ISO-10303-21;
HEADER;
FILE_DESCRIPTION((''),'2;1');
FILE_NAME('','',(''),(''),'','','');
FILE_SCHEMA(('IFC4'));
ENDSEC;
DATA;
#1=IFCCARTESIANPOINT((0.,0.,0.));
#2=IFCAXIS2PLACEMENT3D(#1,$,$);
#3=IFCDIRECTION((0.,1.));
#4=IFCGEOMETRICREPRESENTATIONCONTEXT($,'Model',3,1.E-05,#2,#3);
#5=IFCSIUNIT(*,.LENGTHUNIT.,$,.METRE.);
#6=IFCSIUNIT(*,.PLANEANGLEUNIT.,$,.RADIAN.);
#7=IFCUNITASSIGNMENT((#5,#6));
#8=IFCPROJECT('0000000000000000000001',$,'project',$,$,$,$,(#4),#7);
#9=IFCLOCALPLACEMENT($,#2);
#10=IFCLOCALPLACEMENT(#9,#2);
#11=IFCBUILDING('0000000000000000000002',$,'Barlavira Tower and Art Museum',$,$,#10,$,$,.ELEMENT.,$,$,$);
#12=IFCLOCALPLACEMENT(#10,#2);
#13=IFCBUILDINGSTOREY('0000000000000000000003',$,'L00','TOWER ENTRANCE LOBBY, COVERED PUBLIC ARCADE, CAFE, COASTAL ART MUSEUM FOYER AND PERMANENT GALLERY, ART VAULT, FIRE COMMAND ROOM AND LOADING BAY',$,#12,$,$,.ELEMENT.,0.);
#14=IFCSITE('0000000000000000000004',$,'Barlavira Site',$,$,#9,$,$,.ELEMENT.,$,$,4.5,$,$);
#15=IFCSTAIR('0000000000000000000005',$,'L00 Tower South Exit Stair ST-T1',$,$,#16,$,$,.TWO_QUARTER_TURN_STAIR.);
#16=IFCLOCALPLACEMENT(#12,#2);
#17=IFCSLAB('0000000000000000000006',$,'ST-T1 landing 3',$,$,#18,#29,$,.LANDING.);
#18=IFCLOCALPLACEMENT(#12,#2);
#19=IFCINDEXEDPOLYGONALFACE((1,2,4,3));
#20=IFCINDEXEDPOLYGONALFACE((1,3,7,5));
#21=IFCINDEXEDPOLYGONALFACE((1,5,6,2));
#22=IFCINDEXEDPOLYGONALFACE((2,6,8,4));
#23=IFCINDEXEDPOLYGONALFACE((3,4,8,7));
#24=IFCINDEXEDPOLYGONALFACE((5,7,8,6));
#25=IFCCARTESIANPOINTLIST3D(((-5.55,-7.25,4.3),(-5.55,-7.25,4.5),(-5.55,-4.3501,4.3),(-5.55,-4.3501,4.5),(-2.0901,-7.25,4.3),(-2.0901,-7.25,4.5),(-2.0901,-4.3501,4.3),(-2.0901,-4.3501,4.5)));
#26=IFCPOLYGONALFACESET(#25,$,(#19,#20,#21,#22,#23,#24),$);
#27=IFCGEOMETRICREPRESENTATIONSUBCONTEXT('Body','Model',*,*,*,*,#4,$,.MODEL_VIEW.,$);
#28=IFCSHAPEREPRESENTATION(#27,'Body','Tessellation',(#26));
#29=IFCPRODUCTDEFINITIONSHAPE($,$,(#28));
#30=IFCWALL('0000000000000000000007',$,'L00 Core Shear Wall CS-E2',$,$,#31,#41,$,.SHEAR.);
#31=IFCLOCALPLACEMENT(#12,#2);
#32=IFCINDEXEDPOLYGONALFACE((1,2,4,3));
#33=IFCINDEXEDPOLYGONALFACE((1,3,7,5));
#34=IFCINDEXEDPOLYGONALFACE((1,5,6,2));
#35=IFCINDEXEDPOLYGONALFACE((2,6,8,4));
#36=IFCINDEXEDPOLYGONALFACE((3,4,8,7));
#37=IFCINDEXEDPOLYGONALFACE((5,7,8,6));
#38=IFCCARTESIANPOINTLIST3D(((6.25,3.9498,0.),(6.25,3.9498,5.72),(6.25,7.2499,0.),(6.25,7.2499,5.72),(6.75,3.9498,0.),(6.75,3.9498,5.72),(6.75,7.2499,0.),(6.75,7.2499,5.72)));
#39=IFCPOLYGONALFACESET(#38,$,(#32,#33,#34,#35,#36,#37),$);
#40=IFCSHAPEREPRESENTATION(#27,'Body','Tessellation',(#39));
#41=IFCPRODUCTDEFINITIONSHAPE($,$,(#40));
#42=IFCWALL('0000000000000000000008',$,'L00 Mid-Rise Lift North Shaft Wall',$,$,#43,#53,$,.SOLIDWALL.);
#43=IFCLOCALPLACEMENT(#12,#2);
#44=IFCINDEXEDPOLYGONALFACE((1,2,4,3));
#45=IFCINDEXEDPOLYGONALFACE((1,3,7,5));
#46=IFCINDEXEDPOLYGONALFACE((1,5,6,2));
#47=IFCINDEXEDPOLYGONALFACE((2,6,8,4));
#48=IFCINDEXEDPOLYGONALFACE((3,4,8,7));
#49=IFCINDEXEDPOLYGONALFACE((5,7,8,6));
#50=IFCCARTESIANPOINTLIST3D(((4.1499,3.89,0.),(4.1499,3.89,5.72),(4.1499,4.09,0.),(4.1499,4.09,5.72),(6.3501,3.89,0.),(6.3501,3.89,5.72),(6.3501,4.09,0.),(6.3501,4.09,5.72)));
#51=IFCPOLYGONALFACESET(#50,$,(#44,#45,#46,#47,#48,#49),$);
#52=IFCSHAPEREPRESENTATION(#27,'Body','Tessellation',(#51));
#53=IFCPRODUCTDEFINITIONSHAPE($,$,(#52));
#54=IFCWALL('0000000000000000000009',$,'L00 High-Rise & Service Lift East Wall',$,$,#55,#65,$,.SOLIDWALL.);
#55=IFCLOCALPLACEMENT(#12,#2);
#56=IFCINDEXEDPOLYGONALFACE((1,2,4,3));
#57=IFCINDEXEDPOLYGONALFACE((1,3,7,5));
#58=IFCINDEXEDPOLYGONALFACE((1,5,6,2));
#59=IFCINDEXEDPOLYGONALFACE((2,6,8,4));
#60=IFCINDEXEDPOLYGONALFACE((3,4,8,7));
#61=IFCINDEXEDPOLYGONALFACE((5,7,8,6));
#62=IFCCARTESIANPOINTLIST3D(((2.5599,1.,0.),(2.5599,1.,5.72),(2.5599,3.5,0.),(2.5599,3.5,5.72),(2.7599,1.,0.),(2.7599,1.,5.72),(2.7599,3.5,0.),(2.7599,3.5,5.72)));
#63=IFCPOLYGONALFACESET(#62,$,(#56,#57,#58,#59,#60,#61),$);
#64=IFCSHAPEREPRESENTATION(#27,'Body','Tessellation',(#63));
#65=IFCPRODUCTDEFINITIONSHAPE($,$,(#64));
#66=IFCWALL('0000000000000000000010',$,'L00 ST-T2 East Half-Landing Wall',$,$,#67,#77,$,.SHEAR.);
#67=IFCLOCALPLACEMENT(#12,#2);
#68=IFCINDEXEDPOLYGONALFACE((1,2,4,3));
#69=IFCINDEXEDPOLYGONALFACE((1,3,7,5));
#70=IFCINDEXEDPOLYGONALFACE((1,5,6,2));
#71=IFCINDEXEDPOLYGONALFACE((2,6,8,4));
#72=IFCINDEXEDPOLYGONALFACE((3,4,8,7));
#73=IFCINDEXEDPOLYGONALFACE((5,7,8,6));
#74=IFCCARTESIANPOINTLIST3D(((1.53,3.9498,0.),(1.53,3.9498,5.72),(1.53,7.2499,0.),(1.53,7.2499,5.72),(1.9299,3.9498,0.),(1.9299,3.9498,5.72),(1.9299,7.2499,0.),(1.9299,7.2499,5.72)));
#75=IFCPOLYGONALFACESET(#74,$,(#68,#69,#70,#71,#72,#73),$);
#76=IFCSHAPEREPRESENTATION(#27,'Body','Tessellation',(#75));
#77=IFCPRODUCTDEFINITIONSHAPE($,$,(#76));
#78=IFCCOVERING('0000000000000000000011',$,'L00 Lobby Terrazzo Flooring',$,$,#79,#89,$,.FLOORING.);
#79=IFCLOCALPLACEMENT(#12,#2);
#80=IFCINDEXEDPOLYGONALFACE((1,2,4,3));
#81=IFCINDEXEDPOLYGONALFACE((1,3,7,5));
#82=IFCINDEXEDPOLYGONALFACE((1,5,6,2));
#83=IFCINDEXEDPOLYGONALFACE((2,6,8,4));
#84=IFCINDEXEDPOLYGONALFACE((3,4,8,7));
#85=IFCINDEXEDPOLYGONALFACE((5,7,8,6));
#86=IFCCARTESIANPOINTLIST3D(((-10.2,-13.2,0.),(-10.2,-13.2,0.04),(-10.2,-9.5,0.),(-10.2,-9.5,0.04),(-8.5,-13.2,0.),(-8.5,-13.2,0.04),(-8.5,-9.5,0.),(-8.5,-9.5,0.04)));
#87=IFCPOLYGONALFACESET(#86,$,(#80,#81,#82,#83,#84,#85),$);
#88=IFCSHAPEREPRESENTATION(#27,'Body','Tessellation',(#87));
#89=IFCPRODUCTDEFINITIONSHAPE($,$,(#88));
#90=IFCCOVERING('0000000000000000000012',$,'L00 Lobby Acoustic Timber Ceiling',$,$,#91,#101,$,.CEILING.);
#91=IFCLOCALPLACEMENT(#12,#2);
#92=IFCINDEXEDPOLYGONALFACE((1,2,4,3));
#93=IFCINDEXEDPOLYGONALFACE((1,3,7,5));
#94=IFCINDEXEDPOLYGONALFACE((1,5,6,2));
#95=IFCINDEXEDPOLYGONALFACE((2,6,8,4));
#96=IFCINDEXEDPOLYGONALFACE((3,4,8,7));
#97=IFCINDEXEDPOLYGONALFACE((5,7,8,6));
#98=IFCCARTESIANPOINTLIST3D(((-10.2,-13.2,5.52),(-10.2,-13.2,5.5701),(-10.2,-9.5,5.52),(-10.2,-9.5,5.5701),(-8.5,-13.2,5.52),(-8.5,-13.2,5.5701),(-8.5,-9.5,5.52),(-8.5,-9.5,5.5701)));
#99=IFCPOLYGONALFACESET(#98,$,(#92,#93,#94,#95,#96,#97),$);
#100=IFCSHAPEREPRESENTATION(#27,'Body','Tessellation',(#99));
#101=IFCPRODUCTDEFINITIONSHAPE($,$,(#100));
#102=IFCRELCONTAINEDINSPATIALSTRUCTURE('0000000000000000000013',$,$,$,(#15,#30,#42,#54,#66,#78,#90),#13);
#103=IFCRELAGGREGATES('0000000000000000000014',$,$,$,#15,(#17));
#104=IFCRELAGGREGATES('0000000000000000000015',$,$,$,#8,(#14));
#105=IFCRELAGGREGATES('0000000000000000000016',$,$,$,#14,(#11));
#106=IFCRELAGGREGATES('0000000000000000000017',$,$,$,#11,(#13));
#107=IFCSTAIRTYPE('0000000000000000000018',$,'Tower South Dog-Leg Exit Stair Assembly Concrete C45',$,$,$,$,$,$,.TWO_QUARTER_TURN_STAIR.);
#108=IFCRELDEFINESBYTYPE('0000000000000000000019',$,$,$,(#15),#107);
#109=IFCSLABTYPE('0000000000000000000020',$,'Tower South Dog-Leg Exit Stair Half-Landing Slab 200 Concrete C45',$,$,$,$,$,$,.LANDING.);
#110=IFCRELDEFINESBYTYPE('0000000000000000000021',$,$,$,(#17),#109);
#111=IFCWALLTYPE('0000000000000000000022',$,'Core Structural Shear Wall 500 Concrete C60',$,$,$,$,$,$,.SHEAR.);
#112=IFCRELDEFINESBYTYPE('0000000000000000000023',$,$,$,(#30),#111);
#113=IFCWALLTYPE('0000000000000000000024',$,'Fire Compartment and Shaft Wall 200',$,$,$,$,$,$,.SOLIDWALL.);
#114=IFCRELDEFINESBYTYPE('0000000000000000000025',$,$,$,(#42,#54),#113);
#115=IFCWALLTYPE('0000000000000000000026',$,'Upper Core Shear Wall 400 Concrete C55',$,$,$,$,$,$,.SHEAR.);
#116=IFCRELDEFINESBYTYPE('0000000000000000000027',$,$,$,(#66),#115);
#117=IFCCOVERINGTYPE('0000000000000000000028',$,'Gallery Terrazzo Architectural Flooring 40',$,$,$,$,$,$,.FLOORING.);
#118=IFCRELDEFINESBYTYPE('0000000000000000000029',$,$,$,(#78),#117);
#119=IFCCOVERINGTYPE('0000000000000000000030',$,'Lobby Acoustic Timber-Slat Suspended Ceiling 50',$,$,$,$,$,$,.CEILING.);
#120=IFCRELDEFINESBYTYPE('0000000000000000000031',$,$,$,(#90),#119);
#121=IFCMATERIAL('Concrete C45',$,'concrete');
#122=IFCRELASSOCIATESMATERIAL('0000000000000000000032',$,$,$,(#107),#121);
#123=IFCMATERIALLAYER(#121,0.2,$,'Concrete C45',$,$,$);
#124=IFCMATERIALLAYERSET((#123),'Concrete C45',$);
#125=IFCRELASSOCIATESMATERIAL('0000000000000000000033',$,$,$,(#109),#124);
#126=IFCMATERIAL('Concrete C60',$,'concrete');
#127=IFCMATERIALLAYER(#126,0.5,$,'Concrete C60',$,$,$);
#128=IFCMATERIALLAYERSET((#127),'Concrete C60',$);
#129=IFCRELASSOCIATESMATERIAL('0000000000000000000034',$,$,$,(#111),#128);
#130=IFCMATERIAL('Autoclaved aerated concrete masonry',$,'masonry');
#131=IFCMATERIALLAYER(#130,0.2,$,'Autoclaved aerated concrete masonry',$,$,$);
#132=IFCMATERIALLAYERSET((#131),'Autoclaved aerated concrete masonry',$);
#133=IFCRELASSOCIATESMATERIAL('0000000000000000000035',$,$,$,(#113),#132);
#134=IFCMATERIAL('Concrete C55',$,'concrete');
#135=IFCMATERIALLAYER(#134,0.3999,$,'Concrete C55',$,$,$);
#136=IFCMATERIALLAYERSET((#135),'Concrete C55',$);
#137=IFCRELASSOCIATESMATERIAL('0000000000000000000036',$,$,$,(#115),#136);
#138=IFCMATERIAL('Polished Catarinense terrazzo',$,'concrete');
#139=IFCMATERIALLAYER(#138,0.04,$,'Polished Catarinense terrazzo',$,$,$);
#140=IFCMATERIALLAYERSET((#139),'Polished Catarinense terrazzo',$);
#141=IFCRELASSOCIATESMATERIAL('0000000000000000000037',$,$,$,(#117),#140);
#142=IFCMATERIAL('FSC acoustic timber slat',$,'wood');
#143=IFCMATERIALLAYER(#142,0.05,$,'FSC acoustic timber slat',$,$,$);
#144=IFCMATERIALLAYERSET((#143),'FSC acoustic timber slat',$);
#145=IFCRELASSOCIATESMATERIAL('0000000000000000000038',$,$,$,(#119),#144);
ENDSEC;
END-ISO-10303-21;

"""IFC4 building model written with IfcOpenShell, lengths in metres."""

from ifc_helpers import new_model, si_unit, direction, frame, frame_2d, origin, place, context, subcontext, project, spatial, polyline, rectangle, outline, extrude, material, layer, layer_set, type_object, element, aggregate, save


model = new_model("IFC4")

# Units and contexts
model_context = context("Model", 3, precision=1e-05, world=origin(), true_north=direction((0.0, 1.0)))
body_context = subcontext(model_context, "Body", "Model", "MODEL_VIEW")
ifc_project = project(units=[si_unit("LENGTHUNIT", "METRE"), si_unit("PLANEANGLEUNIT", "RADIAN")], contexts=[model_context])

# Site, building, storey
site_placement = place(None, origin())
site = spatial("IfcSite", under=ifc_project, at=site_placement, Name="Barlavira Site", CompositionType="ELEMENT", RefElevation=4.5)
building_placement = place(site_placement, origin())
building = spatial("IfcBuilding", under=site, at=building_placement, Name="Barlavira Tower and Art Museum", CompositionType="ELEMENT")
storey_placement = place(building_placement, origin())
storey = spatial("IfcBuildingStorey", under=building, at=storey_placement, Name="L00", Description="TOWER ENTRANCE LOBBY, COVERED PUBLIC ARCADE, CAFE, COASTAL ART MUSEUM FOYER AND PERMANENT GALLERY, ART VAULT, FIRE COMMAND ROOM AND LOADING BAY", CompositionType="ELEMENT", Elevation=0.0)

# Shared definitions
ifc_material_1 = material(Name="Concrete C45", Category="concrete")

# Stair, slab
stair_type_1 = type_object("IfcStairType", Name="Tower South Dog-Leg Exit Stair Assembly Concrete C45", PredefinedType="TWO_QUARTER_TURN_STAIR", material=ifc_material_1)
stair_1_placement = place(storey_placement, origin())
stair_1 = element("IfcStair", 1, at=stair_1_placement, inside=storey, type_object=stair_type_1, Name="L00 Tower South Exit Stair ST-T1", PredefinedType="TWO_QUARTER_TURN_STAIR")
ifc_layer_1 = layer(ifc_material_1, 0.2, Name="Concrete C45")
ifc_layer_set_1 = layer_set([ifc_layer_1], Name="Concrete C45")
slab_type_1 = type_object("IfcSlabType", Name="Tower South Dog-Leg Exit Stair Half-Landing Slab 200 Concrete C45", PredefinedType="LANDING", material=ifc_layer_set_1)
slab_1_placement = place(storey_placement, frame((0.0, 0.0, 4.3)))
slab_1 = element("IfcSlab", 2, at=slab_1_placement, type_object=slab_type_1, Name="ST-T1 landing 3", PredefinedType="LANDING", context=body_context, shape_type="SweptSolid", body=[
    extrude(outline(polyline([(-2.0901, -4.3501), (-5.55, -4.3501), (-5.55, -7.25), (-2.0901, -7.25), (-2.0901, -4.3501)])), origin(), (0.0, 0.0, 1.0), 0.2),
])
aggregate(stair_1, [slab_1])

# Walls
ifc_material_2 = material(Name="Concrete C60", Category="concrete")
ifc_layer_2 = layer(ifc_material_2, 0.5, Name="Concrete C60")
ifc_layer_set_2 = layer_set([ifc_layer_2], Name="Concrete C60")
wall_type_1 = type_object("IfcWallType", Name="Core Structural Shear Wall 500 Concrete C60", PredefinedType="SHEAR", material=ifc_layer_set_2)
wall_1_placement = place(storey_placement, frame((6.5, 3.95, 0.0), z_axis=(0.0, 0.0, 1.0), x_axis=(0.0, 1.0, 0.0)))
element("IfcWall", 3, at=wall_1_placement, inside=storey, type_object=wall_type_1, Name="L00 Core Shear Wall CS-E2", PredefinedType="SHEAR", context=body_context, shape_type="SweptSolid", body=[
    extrude(rectangle(XDim=3.3, YDim=0.5, at=frame_2d((1.6499, 0.0))), origin(), (0.0, 0.0, 1.0), 5.72),
])
ifc_material_3 = material(Name="Autoclaved aerated concrete masonry", Category="masonry")
ifc_layer_3 = layer(ifc_material_3, 0.2, Name="Autoclaved aerated concrete masonry")
ifc_layer_set_3 = layer_set([ifc_layer_3], Name="Autoclaved aerated concrete masonry")
wall_type_2 = type_object("IfcWallType", Name="Fire Compartment and Shaft Wall 200", PredefinedType="SOLIDWALL", material=ifc_layer_set_3)
wall_2_placement = place(storey_placement, frame((4.1499, 3.99, 0.0), z_axis=(0.0, 0.0, 1.0), x_axis=(1.0, 0.0, 0.0)))
element("IfcWall", 4, at=wall_2_placement, inside=storey, type_object=wall_type_2, Name="L00 Mid-Rise Lift North Shaft Wall", PredefinedType="SOLIDWALL", context=body_context, shape_type="SweptSolid", body=[
    extrude(rectangle(XDim=2.2002, YDim=0.2, at=frame_2d((1.1001, 0.0))), origin(), (0.0, 0.0, 1.0), 5.72),
])
wall_3_placement = place(storey_placement, frame((2.6599, 1.0, 0.0), z_axis=(0.0, 0.0, 1.0), x_axis=(0.0, 1.0, 0.0)))
element("IfcWall", 5, at=wall_3_placement, inside=storey, type_object=wall_type_2, Name="L00 High-Rise & Service Lift East Wall", PredefinedType="SOLIDWALL", context=body_context, shape_type="SweptSolid", body=[
    extrude(rectangle(XDim=2.5, YDim=0.2, at=frame_2d((1.25, 0.0))), origin(), (0.0, 0.0, 1.0), 5.72),
])
ifc_material_4 = material(Name="Concrete C55", Category="concrete")
ifc_layer_4 = layer(ifc_material_4, 0.3999, Name="Concrete C55")
ifc_layer_set_4 = layer_set([ifc_layer_4], Name="Concrete C55")
wall_type_3 = type_object("IfcWallType", Name="Upper Core Shear Wall 400 Concrete C55", PredefinedType="SHEAR", material=ifc_layer_set_4)
wall_4_placement = place(storey_placement, frame((1.73, 3.95, 0.0), z_axis=(0.0, 0.0, 1.0), x_axis=(0.0, 1.0, 0.0)))
element("IfcWall", 6, at=wall_4_placement, inside=storey, type_object=wall_type_3, Name="L00 ST-T2 East Half-Landing Wall", PredefinedType="SHEAR", context=body_context, shape_type="SweptSolid", body=[
    extrude(rectangle(XDim=3.3, YDim=0.3999, at=frame_2d((1.6499, 0.0))), origin(), (0.0, 0.0, 1.0), 5.72),
])

# Coverings
ifc_material_5 = material(Name="Polished Catarinense terrazzo", Category="concrete")
ifc_layer_5 = layer(ifc_material_5, 0.04, Name="Polished Catarinense terrazzo")
ifc_layer_set_5 = layer_set([ifc_layer_5], Name="Polished Catarinense terrazzo")
covering_type_1 = type_object("IfcCoveringType", Name="Gallery Terrazzo Architectural Flooring 40", PredefinedType="FLOORING", material=ifc_layer_set_5)
covering_1_placement = place(storey_placement, origin())
element("IfcCovering", 7, at=covering_1_placement, inside=storey, type_object=covering_type_1, Name="L00 Lobby Terrazzo Flooring", PredefinedType="FLOORING", context=body_context, shape_type="SweptSolid", body=[
    extrude(outline(polyline([(-10.2, -13.2), (-8.5, -13.2), (-8.5, -9.5), (-10.2, -9.5), (-10.2, -13.2)])), origin(), (0.0, 0.0, 1.0), 0.04),
])
ifc_material_6 = material(Name="FSC acoustic timber slat", Category="wood")
ifc_layer_6 = layer(ifc_material_6, 0.05, Name="FSC acoustic timber slat")
ifc_layer_set_6 = layer_set([ifc_layer_6], Name="FSC acoustic timber slat")
covering_type_2 = type_object("IfcCoveringType", Name="Lobby Acoustic Timber-Slat Suspended Ceiling 50", PredefinedType="CEILING", material=ifc_layer_set_6)
covering_2_placement = place(storey_placement, frame((0.0, 0.0, 5.52)))
element("IfcCovering", 8, at=covering_2_placement, inside=storey, type_object=covering_type_2, Name="L00 Lobby Acoustic Timber Ceiling", PredefinedType="CEILING", context=body_context, shape_type="SweptSolid", body=[
    extrude(outline(polyline([(-10.2, -13.2), (-8.5, -13.2), (-8.5, -9.5), (-10.2, -9.5), (-10.2, -13.2)])), origin(), (0.0, 0.0, 1.0), 0.05),
])

save(model, "model.ifc")
